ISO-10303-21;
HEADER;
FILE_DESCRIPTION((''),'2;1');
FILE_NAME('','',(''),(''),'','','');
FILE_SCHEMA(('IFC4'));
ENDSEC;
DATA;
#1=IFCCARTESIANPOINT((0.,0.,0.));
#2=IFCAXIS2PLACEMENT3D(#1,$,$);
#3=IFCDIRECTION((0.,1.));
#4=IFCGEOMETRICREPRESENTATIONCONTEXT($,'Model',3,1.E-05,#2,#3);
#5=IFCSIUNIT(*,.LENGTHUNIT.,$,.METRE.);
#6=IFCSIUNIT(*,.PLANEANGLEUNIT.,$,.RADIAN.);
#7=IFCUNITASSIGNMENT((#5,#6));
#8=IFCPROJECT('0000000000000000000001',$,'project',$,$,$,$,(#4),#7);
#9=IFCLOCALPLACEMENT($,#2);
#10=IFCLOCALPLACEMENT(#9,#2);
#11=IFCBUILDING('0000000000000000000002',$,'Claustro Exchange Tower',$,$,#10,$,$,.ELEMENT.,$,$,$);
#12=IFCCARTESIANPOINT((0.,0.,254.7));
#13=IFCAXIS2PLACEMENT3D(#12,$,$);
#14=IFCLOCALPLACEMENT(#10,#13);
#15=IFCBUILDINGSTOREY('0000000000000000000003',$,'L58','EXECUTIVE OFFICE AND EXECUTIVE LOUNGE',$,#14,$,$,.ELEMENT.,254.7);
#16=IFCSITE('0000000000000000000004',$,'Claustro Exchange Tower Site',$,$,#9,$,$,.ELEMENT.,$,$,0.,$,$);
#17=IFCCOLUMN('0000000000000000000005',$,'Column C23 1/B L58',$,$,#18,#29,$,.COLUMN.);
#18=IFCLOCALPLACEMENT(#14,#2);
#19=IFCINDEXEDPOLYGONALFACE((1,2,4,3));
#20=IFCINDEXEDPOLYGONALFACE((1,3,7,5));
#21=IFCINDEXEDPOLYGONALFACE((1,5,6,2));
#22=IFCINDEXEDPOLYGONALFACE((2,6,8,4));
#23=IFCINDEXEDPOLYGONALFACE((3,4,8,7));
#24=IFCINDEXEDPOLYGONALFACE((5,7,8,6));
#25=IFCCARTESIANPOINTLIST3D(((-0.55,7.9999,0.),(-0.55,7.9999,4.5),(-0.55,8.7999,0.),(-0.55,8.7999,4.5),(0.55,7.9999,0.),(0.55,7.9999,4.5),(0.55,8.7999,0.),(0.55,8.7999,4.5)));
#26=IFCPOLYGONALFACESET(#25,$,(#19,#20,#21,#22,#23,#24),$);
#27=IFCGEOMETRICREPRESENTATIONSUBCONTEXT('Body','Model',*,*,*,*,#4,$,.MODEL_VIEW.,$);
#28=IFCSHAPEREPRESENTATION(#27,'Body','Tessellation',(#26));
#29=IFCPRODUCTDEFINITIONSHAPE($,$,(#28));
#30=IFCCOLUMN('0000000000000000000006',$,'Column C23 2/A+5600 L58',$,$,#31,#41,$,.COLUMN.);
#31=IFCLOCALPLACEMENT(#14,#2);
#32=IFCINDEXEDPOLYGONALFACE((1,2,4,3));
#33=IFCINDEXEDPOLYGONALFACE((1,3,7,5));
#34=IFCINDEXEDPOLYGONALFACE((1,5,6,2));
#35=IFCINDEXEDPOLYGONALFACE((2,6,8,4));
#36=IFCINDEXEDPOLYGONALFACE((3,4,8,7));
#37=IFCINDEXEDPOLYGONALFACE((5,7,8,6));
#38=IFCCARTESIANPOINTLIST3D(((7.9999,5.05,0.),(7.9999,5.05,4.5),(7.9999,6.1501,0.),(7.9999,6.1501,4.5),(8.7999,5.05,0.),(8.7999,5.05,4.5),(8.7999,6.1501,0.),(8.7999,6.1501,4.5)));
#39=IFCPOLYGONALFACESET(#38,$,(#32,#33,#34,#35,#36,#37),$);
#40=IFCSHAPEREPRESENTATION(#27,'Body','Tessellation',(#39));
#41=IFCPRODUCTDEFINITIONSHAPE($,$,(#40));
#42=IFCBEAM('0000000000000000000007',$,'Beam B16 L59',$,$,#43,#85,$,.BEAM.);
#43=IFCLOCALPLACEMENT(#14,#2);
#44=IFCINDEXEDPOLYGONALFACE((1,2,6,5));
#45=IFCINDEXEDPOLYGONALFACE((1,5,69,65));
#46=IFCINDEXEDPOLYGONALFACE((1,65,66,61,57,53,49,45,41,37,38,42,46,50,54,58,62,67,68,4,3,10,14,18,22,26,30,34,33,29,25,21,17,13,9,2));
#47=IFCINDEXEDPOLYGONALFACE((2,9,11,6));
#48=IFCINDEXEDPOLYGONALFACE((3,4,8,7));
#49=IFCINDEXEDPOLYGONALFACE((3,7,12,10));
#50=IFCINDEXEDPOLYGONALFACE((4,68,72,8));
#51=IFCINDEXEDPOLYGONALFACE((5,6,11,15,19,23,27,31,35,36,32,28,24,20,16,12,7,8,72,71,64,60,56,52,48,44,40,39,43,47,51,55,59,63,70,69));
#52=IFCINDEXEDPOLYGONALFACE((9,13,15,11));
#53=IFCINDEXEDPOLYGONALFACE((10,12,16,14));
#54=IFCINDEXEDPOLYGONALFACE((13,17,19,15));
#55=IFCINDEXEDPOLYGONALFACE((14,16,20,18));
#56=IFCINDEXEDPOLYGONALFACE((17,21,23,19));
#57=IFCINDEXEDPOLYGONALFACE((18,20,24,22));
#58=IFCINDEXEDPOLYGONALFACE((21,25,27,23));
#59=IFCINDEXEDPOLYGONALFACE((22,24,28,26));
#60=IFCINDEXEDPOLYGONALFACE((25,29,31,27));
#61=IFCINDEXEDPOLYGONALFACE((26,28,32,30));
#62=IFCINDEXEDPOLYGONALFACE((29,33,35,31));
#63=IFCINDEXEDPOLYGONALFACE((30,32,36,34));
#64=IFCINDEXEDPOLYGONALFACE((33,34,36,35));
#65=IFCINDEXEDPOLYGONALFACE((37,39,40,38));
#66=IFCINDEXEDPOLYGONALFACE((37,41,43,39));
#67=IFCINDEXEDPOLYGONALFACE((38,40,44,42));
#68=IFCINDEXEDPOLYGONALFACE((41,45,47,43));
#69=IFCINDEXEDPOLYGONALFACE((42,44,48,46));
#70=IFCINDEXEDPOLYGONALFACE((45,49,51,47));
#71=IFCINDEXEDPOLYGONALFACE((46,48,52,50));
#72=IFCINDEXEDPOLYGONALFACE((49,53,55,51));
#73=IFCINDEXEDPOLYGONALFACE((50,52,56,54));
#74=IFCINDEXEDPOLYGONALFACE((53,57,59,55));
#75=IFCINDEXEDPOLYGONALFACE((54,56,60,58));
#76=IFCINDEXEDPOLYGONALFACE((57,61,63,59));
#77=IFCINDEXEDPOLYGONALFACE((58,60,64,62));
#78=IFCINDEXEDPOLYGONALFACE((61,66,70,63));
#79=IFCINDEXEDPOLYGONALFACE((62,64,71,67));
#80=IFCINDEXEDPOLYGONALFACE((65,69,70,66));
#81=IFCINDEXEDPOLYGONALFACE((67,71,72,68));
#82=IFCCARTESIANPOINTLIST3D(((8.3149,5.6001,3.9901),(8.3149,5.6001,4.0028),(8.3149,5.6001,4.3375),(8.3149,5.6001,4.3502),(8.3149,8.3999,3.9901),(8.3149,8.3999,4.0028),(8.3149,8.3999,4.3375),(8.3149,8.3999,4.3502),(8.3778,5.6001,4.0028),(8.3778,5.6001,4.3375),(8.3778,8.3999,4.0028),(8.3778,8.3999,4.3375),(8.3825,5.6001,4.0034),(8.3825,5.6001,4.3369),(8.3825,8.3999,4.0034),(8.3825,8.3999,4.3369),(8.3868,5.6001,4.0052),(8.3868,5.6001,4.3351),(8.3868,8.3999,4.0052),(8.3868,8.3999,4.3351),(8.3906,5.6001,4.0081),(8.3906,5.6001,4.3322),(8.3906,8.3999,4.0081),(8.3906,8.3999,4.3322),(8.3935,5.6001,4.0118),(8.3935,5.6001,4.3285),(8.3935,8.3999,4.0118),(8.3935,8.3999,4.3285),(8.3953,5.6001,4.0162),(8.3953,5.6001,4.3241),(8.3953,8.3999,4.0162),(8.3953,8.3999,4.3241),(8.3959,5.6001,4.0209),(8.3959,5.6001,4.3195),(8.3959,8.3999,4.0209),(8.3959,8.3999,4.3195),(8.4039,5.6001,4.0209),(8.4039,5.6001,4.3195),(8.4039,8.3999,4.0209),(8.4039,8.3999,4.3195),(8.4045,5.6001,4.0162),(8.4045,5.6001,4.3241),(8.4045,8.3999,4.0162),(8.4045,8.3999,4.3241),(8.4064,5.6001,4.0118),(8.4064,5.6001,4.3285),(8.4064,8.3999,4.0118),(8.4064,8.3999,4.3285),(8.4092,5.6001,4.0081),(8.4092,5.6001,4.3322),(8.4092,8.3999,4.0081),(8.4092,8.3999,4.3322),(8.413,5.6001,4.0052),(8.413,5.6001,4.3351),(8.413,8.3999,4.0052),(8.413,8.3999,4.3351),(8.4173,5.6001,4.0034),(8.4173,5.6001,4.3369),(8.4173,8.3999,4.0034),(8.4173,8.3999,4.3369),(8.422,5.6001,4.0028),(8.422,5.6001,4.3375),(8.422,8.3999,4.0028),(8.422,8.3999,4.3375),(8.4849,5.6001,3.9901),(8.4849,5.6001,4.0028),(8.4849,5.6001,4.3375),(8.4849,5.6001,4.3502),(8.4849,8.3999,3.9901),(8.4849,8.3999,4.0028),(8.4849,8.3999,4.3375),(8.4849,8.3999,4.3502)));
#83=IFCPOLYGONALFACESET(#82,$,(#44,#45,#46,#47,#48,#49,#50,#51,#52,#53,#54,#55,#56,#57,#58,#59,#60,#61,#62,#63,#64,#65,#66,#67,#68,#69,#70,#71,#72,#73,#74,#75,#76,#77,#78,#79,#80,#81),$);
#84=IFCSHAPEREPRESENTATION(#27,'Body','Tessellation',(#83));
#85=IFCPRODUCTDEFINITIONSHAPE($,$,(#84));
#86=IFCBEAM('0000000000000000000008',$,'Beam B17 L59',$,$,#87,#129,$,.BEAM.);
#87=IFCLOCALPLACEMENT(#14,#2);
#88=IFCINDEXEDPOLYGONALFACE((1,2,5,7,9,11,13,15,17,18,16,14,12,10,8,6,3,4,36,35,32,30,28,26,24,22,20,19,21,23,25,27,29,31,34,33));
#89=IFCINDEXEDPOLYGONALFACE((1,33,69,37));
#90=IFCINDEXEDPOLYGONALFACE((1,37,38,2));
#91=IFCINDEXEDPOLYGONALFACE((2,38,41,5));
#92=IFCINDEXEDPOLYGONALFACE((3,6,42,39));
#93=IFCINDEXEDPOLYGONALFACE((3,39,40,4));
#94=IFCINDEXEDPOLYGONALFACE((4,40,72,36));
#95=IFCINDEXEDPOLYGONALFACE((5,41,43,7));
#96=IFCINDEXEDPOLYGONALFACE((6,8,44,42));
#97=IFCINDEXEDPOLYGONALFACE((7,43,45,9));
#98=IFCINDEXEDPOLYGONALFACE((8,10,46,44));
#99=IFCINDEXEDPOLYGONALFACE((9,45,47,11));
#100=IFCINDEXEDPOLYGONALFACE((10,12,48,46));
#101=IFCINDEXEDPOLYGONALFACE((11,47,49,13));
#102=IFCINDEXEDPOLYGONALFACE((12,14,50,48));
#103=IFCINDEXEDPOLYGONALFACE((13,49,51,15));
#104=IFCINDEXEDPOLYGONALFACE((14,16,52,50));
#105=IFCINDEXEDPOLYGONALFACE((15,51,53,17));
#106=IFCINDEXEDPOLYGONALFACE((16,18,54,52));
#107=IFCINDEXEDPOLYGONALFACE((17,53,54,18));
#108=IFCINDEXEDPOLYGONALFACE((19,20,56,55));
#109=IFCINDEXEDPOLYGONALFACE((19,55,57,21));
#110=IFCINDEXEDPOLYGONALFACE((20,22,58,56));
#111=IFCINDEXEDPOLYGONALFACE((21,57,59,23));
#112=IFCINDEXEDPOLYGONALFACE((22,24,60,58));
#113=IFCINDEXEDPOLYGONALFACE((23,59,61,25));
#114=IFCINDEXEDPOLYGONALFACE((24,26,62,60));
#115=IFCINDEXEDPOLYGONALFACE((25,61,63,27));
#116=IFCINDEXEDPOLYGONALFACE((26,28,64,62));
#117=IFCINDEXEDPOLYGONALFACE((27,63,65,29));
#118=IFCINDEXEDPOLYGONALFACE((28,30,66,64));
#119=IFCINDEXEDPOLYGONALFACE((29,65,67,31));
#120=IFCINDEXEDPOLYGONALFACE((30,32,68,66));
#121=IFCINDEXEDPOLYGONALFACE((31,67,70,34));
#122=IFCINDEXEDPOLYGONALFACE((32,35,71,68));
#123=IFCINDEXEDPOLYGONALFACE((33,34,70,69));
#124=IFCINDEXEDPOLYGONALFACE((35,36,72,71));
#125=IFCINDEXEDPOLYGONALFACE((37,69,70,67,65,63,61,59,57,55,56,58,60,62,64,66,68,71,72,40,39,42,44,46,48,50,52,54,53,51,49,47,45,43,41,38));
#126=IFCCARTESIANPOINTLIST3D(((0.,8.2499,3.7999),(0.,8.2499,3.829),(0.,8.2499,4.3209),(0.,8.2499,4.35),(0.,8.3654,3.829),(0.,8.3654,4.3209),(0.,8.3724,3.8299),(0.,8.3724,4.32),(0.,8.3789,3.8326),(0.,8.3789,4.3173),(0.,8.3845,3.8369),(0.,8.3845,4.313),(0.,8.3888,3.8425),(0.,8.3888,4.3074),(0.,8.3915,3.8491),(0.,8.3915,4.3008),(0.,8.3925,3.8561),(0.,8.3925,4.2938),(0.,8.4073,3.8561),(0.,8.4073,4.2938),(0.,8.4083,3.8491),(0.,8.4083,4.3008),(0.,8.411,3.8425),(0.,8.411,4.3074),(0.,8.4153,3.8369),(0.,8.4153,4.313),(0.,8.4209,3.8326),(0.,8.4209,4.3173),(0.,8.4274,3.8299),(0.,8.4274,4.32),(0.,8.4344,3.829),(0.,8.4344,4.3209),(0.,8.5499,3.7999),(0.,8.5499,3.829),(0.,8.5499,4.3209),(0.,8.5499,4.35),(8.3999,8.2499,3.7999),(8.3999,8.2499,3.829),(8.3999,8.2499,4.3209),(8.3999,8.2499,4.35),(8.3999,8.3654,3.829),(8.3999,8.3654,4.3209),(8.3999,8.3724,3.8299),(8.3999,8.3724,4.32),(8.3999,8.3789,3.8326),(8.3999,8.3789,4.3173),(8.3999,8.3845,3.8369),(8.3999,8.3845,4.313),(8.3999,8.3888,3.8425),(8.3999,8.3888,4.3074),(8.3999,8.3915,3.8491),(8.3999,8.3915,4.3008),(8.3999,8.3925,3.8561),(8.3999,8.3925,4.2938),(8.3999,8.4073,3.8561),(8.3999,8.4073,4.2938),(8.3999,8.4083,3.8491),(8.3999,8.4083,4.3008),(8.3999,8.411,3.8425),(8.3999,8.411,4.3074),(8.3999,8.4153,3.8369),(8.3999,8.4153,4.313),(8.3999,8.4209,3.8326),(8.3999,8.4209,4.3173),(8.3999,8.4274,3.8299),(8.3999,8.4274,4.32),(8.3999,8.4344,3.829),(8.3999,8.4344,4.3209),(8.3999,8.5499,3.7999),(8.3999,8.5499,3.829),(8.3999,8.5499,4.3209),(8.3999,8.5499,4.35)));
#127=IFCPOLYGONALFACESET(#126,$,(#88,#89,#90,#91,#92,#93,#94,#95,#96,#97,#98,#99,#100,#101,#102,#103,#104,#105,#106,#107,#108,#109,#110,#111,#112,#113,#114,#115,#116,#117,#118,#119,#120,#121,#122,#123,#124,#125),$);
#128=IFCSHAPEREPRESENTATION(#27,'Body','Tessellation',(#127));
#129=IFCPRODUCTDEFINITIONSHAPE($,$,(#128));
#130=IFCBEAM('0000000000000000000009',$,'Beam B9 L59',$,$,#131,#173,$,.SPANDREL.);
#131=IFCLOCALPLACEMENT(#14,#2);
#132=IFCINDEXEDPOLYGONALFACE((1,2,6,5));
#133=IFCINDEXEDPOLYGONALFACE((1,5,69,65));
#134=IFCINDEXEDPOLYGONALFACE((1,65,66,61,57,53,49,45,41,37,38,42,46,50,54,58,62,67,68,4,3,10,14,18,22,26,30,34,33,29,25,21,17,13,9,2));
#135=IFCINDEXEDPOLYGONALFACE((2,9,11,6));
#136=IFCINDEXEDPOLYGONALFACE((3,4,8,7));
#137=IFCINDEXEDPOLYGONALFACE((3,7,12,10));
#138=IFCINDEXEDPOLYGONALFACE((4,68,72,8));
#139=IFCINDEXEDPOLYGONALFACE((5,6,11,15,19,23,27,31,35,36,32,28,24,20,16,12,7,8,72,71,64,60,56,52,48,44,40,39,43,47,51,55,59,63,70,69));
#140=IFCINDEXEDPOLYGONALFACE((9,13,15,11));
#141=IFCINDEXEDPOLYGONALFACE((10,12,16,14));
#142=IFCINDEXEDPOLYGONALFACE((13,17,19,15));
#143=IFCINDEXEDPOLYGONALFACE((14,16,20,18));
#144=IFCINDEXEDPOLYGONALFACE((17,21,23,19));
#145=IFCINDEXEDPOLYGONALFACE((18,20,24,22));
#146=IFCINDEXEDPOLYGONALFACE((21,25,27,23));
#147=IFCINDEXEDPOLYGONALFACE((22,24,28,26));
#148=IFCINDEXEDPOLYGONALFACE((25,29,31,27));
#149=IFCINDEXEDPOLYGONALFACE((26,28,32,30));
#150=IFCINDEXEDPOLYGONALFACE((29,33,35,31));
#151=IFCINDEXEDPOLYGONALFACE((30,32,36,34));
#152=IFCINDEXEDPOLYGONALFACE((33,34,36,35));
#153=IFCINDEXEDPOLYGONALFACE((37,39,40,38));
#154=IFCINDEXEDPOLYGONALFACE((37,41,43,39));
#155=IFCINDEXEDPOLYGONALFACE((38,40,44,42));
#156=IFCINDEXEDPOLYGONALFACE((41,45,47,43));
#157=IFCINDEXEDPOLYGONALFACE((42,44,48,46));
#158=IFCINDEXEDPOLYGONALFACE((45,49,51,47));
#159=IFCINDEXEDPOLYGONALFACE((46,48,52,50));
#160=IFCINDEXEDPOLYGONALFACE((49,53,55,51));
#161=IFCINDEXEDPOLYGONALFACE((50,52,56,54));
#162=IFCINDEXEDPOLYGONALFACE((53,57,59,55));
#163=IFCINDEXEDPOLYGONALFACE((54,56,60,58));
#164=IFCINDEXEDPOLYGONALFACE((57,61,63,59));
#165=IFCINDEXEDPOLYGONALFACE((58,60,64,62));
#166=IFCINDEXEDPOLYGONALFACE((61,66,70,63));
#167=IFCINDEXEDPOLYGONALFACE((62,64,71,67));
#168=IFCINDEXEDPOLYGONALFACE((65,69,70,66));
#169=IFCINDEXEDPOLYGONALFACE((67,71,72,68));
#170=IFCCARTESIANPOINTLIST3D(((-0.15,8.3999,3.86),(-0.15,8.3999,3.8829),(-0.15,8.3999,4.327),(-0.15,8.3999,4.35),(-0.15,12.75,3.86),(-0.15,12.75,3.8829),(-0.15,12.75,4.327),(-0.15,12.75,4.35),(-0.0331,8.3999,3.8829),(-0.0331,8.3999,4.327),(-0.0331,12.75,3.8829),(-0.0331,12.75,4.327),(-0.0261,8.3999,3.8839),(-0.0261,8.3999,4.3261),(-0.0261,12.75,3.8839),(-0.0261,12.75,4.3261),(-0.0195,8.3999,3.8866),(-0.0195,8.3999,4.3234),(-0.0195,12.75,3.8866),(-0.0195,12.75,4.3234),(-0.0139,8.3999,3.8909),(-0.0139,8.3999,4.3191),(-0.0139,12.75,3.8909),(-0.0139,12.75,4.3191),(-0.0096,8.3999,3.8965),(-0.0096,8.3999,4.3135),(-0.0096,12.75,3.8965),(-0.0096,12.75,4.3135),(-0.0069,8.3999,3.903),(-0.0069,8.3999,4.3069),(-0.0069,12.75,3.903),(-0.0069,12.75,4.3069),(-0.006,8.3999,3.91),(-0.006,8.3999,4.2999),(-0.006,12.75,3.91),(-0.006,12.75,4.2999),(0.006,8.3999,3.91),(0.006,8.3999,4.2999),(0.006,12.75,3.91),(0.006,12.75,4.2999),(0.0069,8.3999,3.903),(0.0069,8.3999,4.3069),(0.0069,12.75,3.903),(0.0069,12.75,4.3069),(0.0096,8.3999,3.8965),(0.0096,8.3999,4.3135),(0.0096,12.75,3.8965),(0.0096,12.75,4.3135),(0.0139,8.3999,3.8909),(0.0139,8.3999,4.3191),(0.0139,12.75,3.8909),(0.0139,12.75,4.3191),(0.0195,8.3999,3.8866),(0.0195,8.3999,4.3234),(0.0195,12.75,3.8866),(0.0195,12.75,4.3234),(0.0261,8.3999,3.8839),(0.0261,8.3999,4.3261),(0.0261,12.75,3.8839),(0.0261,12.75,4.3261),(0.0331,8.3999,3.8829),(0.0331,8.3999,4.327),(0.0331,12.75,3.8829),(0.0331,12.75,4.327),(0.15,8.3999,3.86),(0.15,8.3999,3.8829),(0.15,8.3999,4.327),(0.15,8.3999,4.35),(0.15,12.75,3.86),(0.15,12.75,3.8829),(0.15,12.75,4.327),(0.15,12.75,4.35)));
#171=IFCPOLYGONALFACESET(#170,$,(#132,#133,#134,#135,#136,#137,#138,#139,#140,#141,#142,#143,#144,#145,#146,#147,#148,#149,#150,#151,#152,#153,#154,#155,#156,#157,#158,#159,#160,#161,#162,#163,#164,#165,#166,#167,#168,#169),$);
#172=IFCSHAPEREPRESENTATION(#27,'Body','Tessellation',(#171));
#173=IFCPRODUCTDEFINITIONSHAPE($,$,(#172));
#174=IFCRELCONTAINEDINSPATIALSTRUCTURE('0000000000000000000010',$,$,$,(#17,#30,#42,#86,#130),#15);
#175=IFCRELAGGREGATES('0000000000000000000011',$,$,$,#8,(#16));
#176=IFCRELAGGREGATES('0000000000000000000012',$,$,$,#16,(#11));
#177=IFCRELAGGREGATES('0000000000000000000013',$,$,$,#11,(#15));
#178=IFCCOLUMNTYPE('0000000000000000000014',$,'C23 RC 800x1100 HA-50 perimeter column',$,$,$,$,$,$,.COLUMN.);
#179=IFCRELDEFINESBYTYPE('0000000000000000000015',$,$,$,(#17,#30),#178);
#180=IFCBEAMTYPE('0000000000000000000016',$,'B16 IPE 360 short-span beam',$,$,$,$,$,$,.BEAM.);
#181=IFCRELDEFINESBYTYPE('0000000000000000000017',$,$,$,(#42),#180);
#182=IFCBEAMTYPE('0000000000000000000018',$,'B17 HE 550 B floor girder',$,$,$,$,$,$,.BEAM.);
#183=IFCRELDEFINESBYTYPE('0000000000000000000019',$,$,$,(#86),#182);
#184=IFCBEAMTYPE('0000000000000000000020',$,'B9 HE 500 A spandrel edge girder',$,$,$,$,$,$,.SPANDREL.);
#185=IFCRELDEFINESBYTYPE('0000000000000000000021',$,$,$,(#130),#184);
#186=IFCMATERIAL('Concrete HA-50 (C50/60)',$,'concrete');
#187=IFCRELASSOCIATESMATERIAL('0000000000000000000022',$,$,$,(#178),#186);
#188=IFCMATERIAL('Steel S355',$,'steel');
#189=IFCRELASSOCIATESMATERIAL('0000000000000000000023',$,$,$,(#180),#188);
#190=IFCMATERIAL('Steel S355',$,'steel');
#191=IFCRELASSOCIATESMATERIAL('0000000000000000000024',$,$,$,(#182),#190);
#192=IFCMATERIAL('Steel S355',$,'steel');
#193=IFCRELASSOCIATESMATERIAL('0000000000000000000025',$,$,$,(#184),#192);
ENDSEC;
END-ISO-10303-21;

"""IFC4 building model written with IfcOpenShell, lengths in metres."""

from ifc_helpers import new_model, si_unit, direction, frame, origin, origin_2d, place, context, subcontext, project, spatial, rectangle, i_section, extrude, material, material_profile, profile_set, type_object, element, save


model = new_model("IFC4")

# Units and contexts
model_context = context("Model", 3, precision=1e-05, world=origin(), true_north=direction((0.0, 1.0)))
body_context = subcontext(model_context, "Body", "Model", "MODEL_VIEW")
ifc_project = project(units=[si_unit("LENGTHUNIT", "METRE"), si_unit("PLANEANGLEUNIT", "RADIAN")], contexts=[model_context])

# Site, building, storey
site_placement = place(None, origin())
site = spatial("IfcSite", under=ifc_project, at=site_placement, Name="Claustro Exchange Tower Site", CompositionType="ELEMENT", RefElevation=0.0)
building_placement = place(site_placement, origin())
building = spatial("IfcBuilding", under=site, at=building_placement, Name="Claustro Exchange Tower", CompositionType="ELEMENT")
storey_placement = place(building_placement, frame((0.0, 0.0, 254.7)))
storey = spatial("IfcBuildingStorey", under=building, at=storey_placement, Name="L58", Description="EXECUTIVE OFFICE AND EXECUTIVE LOUNGE", CompositionType="ELEMENT", Elevation=254.7)

# Columns
ifc_material_1 = material(Name="Concrete HA-50 (C50/60)", Category="concrete")
ifc_material_profile_1 = material_profile(ifc_material_1, rectangle(XDim=0.8, YDim=1.1001, at=origin_2d()), Name="RC 800x1100")
ifc_profile_set_1 = profile_set([ifc_material_profile_1], Name="Concrete HA-50 (C50/60)")
column_type = type_object("IfcColumnType", Name="C23 RC 800x1100 HA-50 perimeter column", PredefinedType="COLUMN", material=ifc_profile_set_1)
for number, where, z_axis, x_axis, name in (
    (1, (0.0, 8.3999, 0.0), (0.0, 0.0, 1.0), (0.0, 1.0, 0.0), "Column C23 1/B L58"),
    (2, (8.3999, 5.6001, 0.0), (0.0, 0.0, 1.0), (1.0, 0.0, 0.0), "Column C23 2/A+5600 L58"),
):
    element("IfcColumn", number, at=place(storey_placement, frame(where, z_axis=z_axis, x_axis=x_axis)), inside=storey, type_object=column_type, Name=name, PredefinedType="COLUMN", context=body_context, shape_type="SweptSolid", body=[
        extrude(rectangle(XDim=0.8, YDim=1.1001, at=origin_2d()), origin(), (0.0, 0.0, 1.0), 4.5),
    ])

# Beams
ifc_material_2 = material(Name="Steel S355", Category="steel")
ifc_material_profile_2 = material_profile(ifc_material_2, i_section(OverallWidth=0.1699, OverallDepth=0.3601, WebThickness=0.0081, FlangeThickness=0.0127, FilletRadius=0.0181, at=origin_2d()), Name="IPE 360")
ifc_profile_set_2 = profile_set([ifc_material_profile_2], Name="Steel S355")
beam_type_1 = type_object("IfcBeamType", Name="B16 IPE 360 short-span beam", PredefinedType="BEAM", material=ifc_profile_set_2)
beam_1_placement = place(storey_placement, frame((8.3999, 5.6001, 4.1702), z_axis=(0.0, 1.0, 0.0), x_axis=(-1.0, 0.0, 0.0)))
element("IfcBeam", 3, at=beam_1_placement, inside=storey, type_object=beam_type_1, Name="Beam B16 L59", PredefinedType="BEAM", context=body_context, shape_type="SweptSolid", body=[
    extrude(i_section(OverallWidth=0.1699, OverallDepth=0.3601, WebThickness=0.0081, FlangeThickness=0.0127, FilletRadius=0.0181, at=origin_2d()), origin(), (0.0, 0.0, 1.0), 2.7998),
])
ifc_material_3 = material(Name="Steel S355", Category="steel")
ifc_material_profile_3 = material_profile(ifc_material_3, i_section(OverallWidth=0.3, OverallDepth=0.55, WebThickness=0.0149, FlangeThickness=0.0291, FilletRadius=0.0271, at=origin_2d()), Name="HE 550 B")
ifc_profile_set_3 = profile_set([ifc_material_profile_3], Name="Steel S355")
beam_type_2 = type_object("IfcBeamType", Name="B17 HE 550 B floor girder", PredefinedType="BEAM", material=ifc_profile_set_3)
beam_2_placement = place(storey_placement, frame((0.0, 8.3999, 4.075), z_axis=(1.0, 0.0, 0.0), x_axis=(0.0, 1.0, 0.0)))
element("IfcBeam", 4, at=beam_2_placement, inside=storey, type_object=beam_type_2, Name="Beam B17 L59", PredefinedType="BEAM", context=body_context, shape_type="SweptSolid", body=[
    extrude(i_section(OverallWidth=0.3, OverallDepth=0.55, WebThickness=0.0149, FlangeThickness=0.0291, FilletRadius=0.0271, at=origin_2d()), origin(), (0.0, 0.0, 1.0), 8.3999),
])
ifc_material_4 = material(Name="Steel S355", Category="steel")
ifc_material_profile_4 = material_profile(ifc_material_4, i_section(OverallWidth=0.3, OverallDepth=0.49, WebThickness=0.012, FlangeThickness=0.0229, FilletRadius=0.0271, at=origin_2d()), Name="HE 500 A")
ifc_profile_set_4 = profile_set([ifc_material_profile_4], Name="Steel S355")
beam_type_3 = type_object("IfcBeamType", Name="B9 HE 500 A spandrel edge girder", PredefinedType="SPANDREL", material=ifc_profile_set_4)
beam_3_placement = place(storey_placement, frame((0.0, 8.3999, 4.105), z_axis=(0.0, 1.0, 0.0), x_axis=(-1.0, 0.0, 0.0)))
element("IfcBeam", 5, at=beam_3_placement, inside=storey, type_object=beam_type_3, Name="Beam B9 L59", PredefinedType="SPANDREL", context=body_context, shape_type="SweptSolid", body=[
    extrude(i_section(OverallWidth=0.3, OverallDepth=0.49, WebThickness=0.012, FlangeThickness=0.0229, FilletRadius=0.0271, at=origin_2d()), origin(), (0.0, 0.0, 1.0), 4.3501),
])

save(model, "model.ifc")
